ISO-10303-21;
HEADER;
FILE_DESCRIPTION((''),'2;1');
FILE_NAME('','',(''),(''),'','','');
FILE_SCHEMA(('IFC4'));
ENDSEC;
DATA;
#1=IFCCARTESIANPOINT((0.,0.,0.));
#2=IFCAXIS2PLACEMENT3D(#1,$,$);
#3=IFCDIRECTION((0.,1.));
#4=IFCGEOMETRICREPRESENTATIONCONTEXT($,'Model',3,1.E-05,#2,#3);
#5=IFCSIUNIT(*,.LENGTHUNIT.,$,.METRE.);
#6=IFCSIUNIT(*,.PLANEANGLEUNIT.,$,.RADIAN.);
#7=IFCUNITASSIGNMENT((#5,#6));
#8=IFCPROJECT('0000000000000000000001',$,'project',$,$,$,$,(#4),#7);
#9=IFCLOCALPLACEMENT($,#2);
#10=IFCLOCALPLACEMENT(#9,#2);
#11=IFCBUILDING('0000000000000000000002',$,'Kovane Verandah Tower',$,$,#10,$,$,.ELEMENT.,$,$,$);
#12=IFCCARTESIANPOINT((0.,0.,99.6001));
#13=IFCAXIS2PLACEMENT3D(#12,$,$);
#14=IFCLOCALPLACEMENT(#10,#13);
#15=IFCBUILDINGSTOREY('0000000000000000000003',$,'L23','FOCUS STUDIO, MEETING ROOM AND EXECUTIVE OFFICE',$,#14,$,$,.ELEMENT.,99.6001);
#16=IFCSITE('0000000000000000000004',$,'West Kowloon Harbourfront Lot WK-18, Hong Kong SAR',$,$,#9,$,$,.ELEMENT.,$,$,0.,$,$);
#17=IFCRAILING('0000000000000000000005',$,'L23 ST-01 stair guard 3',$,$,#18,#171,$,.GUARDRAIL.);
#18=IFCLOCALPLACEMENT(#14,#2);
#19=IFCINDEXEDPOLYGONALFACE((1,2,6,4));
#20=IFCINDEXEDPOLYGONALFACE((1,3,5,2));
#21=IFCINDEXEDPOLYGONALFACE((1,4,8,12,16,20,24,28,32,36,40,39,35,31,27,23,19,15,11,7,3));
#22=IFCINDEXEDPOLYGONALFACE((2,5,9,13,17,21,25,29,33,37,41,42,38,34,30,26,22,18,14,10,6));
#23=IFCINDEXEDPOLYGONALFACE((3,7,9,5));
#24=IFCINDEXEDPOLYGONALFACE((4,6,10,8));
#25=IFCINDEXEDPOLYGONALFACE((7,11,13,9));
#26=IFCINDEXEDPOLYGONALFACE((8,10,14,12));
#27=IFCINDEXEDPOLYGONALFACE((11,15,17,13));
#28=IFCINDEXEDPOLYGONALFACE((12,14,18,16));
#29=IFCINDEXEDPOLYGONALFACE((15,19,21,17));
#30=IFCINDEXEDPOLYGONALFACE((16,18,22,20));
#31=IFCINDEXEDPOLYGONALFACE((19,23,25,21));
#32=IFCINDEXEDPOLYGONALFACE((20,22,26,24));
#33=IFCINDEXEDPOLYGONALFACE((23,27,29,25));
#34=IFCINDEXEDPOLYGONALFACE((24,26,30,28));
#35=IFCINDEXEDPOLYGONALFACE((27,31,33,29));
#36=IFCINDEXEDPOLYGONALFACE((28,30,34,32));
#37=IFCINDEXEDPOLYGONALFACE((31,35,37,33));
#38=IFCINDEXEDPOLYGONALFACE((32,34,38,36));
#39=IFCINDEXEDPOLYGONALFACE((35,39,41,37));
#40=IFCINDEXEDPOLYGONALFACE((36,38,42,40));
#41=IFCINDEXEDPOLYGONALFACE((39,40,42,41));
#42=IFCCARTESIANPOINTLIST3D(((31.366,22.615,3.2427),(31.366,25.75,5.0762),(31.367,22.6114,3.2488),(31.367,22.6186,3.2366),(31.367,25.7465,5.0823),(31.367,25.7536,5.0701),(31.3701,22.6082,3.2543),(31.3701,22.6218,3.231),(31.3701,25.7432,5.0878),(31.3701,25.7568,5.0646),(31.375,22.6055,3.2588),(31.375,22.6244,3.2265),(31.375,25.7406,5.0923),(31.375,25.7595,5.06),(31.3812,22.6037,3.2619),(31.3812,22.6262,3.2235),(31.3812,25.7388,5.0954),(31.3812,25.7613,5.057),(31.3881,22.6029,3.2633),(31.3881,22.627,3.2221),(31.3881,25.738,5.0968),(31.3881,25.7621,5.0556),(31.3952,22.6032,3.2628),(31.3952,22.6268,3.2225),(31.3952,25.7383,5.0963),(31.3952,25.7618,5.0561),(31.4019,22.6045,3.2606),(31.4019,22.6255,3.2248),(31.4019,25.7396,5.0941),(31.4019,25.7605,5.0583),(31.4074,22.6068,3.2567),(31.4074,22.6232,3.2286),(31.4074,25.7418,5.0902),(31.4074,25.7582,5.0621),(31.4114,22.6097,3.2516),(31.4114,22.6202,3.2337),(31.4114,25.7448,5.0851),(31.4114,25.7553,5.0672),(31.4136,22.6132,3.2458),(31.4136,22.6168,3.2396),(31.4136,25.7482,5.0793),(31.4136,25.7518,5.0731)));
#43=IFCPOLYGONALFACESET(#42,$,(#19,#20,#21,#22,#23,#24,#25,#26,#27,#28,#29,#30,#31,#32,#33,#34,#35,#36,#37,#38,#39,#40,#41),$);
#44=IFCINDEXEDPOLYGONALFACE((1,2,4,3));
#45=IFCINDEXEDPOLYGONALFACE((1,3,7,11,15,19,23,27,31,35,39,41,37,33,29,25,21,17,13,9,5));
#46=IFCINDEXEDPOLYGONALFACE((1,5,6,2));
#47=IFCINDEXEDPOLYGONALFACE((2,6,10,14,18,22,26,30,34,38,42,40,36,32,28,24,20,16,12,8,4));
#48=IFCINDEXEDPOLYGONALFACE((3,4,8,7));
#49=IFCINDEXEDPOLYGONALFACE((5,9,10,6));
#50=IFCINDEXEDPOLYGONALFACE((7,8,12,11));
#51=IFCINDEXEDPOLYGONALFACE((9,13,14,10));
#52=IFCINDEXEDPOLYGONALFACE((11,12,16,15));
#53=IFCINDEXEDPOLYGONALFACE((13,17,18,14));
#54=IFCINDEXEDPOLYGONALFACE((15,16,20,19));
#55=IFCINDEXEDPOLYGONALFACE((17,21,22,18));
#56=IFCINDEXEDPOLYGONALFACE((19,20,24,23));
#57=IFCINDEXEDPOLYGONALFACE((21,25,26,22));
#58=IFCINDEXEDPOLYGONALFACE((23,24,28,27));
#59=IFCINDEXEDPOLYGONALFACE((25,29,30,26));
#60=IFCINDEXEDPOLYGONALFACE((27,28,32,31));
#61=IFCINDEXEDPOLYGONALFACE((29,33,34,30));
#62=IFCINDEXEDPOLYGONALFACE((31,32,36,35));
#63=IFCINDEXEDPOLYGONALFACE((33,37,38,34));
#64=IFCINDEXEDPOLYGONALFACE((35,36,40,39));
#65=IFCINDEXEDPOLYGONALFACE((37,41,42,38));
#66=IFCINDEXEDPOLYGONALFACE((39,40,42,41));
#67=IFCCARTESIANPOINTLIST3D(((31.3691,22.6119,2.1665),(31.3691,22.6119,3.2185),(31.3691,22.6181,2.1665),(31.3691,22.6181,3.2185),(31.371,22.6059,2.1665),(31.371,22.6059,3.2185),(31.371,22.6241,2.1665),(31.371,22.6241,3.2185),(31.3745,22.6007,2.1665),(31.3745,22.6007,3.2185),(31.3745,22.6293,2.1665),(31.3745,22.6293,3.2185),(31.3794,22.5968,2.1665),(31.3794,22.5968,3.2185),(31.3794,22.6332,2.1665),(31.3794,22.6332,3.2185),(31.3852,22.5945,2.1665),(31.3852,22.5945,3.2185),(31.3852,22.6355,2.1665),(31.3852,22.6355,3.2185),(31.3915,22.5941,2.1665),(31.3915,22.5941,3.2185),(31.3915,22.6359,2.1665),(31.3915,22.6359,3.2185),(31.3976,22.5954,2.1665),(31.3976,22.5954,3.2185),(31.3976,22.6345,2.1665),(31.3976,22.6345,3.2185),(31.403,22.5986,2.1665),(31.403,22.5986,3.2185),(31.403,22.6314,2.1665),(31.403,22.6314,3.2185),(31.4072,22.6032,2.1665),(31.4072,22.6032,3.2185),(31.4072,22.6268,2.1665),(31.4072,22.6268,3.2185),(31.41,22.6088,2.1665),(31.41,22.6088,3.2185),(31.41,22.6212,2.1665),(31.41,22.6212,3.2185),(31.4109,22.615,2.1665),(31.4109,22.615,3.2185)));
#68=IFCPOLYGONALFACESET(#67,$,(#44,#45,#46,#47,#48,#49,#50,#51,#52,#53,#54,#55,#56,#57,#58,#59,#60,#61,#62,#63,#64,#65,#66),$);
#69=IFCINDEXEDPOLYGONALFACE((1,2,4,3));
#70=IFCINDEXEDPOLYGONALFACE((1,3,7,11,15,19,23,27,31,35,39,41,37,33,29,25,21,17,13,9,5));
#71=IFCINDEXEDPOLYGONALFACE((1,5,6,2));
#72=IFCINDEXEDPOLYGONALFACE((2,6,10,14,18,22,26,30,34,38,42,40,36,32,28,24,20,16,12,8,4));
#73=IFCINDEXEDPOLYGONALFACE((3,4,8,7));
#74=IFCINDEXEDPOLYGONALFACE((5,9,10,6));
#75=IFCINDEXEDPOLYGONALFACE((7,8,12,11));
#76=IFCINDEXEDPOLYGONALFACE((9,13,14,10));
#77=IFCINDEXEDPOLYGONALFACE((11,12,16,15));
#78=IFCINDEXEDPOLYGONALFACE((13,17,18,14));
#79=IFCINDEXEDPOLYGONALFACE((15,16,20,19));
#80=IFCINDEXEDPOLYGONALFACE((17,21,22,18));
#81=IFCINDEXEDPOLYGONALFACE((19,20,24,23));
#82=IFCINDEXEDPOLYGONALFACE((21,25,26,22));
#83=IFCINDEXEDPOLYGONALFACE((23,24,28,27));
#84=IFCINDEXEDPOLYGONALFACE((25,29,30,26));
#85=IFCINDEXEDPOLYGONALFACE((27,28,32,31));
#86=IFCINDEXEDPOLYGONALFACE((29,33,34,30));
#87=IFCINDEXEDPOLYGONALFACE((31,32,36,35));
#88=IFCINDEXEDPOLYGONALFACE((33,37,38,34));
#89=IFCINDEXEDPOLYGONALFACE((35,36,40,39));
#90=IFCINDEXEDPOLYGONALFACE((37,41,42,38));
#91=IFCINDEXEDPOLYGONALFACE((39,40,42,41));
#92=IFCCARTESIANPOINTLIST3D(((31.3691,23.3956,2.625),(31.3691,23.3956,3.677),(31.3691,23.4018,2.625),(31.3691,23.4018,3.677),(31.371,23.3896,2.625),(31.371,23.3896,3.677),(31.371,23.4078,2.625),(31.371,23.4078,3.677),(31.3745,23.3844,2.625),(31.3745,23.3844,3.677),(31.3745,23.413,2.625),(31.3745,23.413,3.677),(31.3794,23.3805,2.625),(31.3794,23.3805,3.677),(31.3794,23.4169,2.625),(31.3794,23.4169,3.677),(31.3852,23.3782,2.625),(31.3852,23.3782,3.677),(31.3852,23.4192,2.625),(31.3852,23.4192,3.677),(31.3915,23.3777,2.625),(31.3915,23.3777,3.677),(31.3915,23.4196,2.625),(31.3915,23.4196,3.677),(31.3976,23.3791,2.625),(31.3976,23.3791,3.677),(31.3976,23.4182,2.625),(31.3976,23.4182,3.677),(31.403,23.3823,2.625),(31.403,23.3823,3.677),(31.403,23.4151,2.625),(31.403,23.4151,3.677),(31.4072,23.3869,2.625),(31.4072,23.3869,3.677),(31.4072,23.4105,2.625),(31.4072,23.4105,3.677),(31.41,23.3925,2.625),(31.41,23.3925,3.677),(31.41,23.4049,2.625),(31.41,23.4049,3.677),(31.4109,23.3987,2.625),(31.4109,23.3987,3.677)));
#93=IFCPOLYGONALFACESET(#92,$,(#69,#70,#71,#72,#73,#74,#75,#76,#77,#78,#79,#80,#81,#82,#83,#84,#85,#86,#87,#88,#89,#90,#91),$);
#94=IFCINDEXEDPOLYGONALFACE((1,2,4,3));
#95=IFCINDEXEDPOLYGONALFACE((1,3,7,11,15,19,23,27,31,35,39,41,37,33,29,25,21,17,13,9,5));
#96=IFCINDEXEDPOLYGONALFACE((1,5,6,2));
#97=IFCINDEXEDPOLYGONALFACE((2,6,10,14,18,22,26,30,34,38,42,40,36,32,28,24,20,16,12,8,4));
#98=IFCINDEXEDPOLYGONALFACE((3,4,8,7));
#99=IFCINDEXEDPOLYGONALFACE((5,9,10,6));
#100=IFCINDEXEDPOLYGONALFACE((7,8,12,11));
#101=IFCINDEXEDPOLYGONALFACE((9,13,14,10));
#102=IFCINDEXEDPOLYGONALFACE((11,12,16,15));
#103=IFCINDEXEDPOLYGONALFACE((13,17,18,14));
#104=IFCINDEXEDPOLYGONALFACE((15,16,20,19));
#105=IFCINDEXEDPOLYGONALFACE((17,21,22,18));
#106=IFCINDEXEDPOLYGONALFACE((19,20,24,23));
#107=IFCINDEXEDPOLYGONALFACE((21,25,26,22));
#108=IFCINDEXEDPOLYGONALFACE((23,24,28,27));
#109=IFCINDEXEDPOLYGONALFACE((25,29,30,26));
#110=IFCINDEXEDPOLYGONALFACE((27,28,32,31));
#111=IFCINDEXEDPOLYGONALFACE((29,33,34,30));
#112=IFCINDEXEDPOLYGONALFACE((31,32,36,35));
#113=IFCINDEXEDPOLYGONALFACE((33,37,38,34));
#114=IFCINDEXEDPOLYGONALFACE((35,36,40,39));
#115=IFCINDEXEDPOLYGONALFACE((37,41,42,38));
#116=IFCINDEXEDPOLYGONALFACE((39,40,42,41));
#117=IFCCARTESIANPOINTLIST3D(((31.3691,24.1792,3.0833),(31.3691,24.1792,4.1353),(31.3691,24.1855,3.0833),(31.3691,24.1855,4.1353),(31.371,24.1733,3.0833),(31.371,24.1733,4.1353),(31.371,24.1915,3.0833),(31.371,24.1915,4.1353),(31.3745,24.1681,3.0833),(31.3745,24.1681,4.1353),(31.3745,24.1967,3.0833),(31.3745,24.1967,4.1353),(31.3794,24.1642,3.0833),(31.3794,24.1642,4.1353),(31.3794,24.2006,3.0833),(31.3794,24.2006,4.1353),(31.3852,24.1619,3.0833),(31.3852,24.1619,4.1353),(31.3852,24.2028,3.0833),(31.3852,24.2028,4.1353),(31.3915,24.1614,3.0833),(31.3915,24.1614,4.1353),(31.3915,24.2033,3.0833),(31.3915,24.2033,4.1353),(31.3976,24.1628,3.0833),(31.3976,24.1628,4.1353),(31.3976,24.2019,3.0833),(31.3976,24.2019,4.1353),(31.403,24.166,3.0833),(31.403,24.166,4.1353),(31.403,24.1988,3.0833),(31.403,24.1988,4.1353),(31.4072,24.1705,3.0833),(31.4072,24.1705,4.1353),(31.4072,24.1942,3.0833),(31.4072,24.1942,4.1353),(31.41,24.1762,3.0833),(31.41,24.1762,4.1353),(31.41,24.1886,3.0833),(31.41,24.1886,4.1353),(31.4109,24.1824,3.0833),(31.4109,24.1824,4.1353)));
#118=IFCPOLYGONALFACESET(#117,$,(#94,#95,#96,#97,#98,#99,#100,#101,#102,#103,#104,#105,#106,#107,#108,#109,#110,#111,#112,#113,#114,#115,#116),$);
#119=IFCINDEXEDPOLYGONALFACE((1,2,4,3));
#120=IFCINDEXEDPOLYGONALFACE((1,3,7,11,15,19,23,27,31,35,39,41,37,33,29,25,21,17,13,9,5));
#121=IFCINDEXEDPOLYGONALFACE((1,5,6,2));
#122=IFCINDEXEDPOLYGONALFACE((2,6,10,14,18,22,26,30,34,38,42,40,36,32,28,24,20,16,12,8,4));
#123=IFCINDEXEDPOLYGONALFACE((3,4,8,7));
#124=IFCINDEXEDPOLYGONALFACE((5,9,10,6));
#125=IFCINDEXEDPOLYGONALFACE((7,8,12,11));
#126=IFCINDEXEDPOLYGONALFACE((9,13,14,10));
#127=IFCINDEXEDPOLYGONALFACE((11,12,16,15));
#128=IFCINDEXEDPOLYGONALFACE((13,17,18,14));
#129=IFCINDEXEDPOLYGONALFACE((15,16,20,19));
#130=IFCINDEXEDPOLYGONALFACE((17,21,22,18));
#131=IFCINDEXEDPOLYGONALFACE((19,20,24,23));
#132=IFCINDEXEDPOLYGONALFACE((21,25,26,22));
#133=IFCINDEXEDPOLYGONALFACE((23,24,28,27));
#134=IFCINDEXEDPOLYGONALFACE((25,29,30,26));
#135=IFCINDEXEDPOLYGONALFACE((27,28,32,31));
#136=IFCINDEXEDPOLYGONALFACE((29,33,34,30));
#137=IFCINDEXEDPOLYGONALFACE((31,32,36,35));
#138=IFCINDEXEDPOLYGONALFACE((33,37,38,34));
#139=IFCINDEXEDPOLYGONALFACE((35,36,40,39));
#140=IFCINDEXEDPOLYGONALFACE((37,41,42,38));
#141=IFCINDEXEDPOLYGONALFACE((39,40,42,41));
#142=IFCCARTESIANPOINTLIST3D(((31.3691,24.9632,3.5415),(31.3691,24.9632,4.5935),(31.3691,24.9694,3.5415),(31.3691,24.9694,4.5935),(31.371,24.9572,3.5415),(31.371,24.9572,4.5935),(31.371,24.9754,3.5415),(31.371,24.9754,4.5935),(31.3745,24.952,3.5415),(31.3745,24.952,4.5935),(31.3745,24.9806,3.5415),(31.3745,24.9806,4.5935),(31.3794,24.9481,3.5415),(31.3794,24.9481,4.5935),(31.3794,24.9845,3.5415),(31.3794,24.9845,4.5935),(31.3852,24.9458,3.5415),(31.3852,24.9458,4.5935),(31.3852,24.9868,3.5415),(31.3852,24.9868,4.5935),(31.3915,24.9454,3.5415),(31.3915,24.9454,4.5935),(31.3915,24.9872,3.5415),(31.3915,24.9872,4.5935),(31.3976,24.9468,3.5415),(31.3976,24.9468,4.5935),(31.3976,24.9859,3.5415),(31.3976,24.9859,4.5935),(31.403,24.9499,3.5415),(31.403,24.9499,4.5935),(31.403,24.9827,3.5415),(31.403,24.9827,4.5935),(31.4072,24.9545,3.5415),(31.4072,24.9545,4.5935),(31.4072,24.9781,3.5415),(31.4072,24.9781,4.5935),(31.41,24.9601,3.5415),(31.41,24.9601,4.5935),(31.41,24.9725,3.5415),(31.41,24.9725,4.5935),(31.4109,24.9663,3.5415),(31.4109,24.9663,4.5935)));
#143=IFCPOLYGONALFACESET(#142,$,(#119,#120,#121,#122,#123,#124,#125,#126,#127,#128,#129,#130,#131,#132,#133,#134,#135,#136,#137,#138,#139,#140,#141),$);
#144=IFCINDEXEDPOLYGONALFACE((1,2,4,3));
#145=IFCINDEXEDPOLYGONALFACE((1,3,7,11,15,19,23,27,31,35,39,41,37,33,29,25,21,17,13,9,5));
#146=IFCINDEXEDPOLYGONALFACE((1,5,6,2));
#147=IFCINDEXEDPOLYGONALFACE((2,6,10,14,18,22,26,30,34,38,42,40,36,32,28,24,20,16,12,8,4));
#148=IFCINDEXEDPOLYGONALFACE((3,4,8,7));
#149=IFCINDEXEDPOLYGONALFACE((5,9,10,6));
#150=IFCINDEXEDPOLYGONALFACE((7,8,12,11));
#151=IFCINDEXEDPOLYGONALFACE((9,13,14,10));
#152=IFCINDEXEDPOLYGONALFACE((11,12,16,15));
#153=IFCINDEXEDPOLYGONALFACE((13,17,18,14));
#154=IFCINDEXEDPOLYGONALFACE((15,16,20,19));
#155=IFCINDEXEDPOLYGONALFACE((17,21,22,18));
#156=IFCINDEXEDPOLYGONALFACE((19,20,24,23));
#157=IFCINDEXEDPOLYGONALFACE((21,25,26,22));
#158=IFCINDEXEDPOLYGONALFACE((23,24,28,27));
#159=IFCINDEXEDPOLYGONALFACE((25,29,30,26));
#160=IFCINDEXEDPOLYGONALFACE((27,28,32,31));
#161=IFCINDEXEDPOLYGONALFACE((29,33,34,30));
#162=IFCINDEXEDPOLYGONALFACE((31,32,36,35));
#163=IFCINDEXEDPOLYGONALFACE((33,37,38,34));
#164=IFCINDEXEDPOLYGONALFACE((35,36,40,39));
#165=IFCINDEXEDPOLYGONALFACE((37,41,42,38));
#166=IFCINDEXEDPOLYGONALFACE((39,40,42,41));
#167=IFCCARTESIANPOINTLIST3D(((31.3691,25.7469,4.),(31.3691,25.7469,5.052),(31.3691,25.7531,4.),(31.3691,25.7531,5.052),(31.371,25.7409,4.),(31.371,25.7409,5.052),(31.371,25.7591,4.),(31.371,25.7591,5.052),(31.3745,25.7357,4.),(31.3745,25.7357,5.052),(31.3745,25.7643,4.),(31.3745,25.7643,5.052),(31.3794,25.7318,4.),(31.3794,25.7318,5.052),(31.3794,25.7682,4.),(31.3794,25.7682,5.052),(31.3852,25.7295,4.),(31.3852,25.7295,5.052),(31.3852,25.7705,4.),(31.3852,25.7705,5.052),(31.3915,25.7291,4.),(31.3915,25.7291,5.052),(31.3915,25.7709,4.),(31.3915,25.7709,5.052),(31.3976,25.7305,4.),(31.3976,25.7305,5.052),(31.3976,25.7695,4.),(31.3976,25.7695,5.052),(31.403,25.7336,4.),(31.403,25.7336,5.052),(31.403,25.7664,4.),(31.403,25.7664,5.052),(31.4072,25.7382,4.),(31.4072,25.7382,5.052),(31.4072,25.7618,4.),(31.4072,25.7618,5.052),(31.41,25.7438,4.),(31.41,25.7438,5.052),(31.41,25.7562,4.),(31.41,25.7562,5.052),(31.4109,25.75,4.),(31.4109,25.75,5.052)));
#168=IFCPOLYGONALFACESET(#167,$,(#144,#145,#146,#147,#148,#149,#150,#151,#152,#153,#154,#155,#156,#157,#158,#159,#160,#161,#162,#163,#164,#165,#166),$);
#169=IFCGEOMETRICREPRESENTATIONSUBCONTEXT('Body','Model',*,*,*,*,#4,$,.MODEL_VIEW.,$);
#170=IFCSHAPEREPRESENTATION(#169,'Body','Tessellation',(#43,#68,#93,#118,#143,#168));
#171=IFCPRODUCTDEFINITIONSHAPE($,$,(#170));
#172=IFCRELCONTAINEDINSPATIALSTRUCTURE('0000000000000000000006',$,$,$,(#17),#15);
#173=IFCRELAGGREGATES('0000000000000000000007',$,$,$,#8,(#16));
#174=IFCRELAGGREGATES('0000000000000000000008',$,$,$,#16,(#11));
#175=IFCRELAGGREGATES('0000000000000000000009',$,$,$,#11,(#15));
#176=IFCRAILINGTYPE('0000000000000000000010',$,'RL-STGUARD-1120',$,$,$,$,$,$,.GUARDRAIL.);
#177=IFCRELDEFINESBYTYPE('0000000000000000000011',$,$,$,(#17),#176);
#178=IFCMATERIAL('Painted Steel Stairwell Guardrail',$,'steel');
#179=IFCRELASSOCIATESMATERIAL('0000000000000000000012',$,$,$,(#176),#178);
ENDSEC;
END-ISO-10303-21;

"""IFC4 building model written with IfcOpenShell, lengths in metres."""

from ifc_helpers import new_model, si_unit, direction, frame, origin, origin_2d, place, context, subcontext, project, spatial, circle, extrude, material, type_object, element, save


model = new_model("IFC4")

# Units and contexts
model_context = context("Model", 3, precision=1e-05, world=origin(), true_north=direction((0.0, 1.0)))
body_context = subcontext(model_context, "Body", "Model", "MODEL_VIEW")
ifc_project = project(units=[si_unit("LENGTHUNIT", "METRE"), si_unit("PLANEANGLEUNIT", "RADIAN")], contexts=[model_context])

# Site, building, storey
site_placement = place(None, origin())
site = spatial("IfcSite", under=ifc_project, at=site_placement, Name="West Kowloon Harbourfront Lot WK-18, Hong Kong SAR", CompositionType="ELEMENT", RefElevation=0.0)
building_placement = place(site_placement, origin())
building = spatial("IfcBuilding", under=site, at=building_placement, Name="Kovane Verandah Tower", CompositionType="ELEMENT")
storey_placement = place(building_placement, frame((0.0, 0.0, 99.6001)))
storey = spatial("IfcBuildingStorey", under=building, at=storey_placement, Name="L23", Description="FOCUS STUDIO, MEETING ROOM AND EXECUTIVE OFFICE", CompositionType="ELEMENT", Elevation=99.6001)

# Railing
ifc_material_1 = material(Name="Painted Steel Stairwell Guardrail", Category="steel")
railing_type_1 = type_object("IfcRailingType", Name="RL-STGUARD-1120", PredefinedType="GUARDRAIL", material=ifc_material_1)
railing_1_placement = place(storey_placement, frame((31.3899, 22.615, 2.1665)))
element("IfcRailing", 1, at=railing_1_placement, inside=storey, type_object=railing_type_1, Name="L23 ST-01 stair guard 3", PredefinedType="GUARDRAIL", context=body_context, shape_type="SweptSolid", body=[
    extrude(circle(Radius=0.0239, at=origin_2d()), frame((0.0, 0.0, 1.0762), z_axis=(0.0, 0.86321, 0.504845), x_axis=(-1.0, 0.0, 0.0)), (0.0, 0.0, 1.0), 3.6318),
    extrude(circle(Radius=0.021, at=origin_2d()), origin(), (0.0, 0.0, 1.0), 1.052),
    extrude(circle(Radius=0.021, at=origin_2d()), frame((0.0, 0.7837, 0.4585)), (0.0, 0.0, 1.0), 1.052),
    extrude(circle(Radius=0.021, at=origin_2d()), frame((0.0, 1.5674, 0.9167)), (0.0, 0.0, 1.0), 1.052),
    extrude(circle(Radius=0.021, at=origin_2d()), frame((0.0, 2.3513, 1.375)), (0.0, 0.0, 1.0), 1.052),
    extrude(circle(Radius=0.021, at=origin_2d()), frame((0.0, 3.135, 1.8335)), (0.0, 0.0, 1.0), 1.052),
])

save(model, "model.ifc")
